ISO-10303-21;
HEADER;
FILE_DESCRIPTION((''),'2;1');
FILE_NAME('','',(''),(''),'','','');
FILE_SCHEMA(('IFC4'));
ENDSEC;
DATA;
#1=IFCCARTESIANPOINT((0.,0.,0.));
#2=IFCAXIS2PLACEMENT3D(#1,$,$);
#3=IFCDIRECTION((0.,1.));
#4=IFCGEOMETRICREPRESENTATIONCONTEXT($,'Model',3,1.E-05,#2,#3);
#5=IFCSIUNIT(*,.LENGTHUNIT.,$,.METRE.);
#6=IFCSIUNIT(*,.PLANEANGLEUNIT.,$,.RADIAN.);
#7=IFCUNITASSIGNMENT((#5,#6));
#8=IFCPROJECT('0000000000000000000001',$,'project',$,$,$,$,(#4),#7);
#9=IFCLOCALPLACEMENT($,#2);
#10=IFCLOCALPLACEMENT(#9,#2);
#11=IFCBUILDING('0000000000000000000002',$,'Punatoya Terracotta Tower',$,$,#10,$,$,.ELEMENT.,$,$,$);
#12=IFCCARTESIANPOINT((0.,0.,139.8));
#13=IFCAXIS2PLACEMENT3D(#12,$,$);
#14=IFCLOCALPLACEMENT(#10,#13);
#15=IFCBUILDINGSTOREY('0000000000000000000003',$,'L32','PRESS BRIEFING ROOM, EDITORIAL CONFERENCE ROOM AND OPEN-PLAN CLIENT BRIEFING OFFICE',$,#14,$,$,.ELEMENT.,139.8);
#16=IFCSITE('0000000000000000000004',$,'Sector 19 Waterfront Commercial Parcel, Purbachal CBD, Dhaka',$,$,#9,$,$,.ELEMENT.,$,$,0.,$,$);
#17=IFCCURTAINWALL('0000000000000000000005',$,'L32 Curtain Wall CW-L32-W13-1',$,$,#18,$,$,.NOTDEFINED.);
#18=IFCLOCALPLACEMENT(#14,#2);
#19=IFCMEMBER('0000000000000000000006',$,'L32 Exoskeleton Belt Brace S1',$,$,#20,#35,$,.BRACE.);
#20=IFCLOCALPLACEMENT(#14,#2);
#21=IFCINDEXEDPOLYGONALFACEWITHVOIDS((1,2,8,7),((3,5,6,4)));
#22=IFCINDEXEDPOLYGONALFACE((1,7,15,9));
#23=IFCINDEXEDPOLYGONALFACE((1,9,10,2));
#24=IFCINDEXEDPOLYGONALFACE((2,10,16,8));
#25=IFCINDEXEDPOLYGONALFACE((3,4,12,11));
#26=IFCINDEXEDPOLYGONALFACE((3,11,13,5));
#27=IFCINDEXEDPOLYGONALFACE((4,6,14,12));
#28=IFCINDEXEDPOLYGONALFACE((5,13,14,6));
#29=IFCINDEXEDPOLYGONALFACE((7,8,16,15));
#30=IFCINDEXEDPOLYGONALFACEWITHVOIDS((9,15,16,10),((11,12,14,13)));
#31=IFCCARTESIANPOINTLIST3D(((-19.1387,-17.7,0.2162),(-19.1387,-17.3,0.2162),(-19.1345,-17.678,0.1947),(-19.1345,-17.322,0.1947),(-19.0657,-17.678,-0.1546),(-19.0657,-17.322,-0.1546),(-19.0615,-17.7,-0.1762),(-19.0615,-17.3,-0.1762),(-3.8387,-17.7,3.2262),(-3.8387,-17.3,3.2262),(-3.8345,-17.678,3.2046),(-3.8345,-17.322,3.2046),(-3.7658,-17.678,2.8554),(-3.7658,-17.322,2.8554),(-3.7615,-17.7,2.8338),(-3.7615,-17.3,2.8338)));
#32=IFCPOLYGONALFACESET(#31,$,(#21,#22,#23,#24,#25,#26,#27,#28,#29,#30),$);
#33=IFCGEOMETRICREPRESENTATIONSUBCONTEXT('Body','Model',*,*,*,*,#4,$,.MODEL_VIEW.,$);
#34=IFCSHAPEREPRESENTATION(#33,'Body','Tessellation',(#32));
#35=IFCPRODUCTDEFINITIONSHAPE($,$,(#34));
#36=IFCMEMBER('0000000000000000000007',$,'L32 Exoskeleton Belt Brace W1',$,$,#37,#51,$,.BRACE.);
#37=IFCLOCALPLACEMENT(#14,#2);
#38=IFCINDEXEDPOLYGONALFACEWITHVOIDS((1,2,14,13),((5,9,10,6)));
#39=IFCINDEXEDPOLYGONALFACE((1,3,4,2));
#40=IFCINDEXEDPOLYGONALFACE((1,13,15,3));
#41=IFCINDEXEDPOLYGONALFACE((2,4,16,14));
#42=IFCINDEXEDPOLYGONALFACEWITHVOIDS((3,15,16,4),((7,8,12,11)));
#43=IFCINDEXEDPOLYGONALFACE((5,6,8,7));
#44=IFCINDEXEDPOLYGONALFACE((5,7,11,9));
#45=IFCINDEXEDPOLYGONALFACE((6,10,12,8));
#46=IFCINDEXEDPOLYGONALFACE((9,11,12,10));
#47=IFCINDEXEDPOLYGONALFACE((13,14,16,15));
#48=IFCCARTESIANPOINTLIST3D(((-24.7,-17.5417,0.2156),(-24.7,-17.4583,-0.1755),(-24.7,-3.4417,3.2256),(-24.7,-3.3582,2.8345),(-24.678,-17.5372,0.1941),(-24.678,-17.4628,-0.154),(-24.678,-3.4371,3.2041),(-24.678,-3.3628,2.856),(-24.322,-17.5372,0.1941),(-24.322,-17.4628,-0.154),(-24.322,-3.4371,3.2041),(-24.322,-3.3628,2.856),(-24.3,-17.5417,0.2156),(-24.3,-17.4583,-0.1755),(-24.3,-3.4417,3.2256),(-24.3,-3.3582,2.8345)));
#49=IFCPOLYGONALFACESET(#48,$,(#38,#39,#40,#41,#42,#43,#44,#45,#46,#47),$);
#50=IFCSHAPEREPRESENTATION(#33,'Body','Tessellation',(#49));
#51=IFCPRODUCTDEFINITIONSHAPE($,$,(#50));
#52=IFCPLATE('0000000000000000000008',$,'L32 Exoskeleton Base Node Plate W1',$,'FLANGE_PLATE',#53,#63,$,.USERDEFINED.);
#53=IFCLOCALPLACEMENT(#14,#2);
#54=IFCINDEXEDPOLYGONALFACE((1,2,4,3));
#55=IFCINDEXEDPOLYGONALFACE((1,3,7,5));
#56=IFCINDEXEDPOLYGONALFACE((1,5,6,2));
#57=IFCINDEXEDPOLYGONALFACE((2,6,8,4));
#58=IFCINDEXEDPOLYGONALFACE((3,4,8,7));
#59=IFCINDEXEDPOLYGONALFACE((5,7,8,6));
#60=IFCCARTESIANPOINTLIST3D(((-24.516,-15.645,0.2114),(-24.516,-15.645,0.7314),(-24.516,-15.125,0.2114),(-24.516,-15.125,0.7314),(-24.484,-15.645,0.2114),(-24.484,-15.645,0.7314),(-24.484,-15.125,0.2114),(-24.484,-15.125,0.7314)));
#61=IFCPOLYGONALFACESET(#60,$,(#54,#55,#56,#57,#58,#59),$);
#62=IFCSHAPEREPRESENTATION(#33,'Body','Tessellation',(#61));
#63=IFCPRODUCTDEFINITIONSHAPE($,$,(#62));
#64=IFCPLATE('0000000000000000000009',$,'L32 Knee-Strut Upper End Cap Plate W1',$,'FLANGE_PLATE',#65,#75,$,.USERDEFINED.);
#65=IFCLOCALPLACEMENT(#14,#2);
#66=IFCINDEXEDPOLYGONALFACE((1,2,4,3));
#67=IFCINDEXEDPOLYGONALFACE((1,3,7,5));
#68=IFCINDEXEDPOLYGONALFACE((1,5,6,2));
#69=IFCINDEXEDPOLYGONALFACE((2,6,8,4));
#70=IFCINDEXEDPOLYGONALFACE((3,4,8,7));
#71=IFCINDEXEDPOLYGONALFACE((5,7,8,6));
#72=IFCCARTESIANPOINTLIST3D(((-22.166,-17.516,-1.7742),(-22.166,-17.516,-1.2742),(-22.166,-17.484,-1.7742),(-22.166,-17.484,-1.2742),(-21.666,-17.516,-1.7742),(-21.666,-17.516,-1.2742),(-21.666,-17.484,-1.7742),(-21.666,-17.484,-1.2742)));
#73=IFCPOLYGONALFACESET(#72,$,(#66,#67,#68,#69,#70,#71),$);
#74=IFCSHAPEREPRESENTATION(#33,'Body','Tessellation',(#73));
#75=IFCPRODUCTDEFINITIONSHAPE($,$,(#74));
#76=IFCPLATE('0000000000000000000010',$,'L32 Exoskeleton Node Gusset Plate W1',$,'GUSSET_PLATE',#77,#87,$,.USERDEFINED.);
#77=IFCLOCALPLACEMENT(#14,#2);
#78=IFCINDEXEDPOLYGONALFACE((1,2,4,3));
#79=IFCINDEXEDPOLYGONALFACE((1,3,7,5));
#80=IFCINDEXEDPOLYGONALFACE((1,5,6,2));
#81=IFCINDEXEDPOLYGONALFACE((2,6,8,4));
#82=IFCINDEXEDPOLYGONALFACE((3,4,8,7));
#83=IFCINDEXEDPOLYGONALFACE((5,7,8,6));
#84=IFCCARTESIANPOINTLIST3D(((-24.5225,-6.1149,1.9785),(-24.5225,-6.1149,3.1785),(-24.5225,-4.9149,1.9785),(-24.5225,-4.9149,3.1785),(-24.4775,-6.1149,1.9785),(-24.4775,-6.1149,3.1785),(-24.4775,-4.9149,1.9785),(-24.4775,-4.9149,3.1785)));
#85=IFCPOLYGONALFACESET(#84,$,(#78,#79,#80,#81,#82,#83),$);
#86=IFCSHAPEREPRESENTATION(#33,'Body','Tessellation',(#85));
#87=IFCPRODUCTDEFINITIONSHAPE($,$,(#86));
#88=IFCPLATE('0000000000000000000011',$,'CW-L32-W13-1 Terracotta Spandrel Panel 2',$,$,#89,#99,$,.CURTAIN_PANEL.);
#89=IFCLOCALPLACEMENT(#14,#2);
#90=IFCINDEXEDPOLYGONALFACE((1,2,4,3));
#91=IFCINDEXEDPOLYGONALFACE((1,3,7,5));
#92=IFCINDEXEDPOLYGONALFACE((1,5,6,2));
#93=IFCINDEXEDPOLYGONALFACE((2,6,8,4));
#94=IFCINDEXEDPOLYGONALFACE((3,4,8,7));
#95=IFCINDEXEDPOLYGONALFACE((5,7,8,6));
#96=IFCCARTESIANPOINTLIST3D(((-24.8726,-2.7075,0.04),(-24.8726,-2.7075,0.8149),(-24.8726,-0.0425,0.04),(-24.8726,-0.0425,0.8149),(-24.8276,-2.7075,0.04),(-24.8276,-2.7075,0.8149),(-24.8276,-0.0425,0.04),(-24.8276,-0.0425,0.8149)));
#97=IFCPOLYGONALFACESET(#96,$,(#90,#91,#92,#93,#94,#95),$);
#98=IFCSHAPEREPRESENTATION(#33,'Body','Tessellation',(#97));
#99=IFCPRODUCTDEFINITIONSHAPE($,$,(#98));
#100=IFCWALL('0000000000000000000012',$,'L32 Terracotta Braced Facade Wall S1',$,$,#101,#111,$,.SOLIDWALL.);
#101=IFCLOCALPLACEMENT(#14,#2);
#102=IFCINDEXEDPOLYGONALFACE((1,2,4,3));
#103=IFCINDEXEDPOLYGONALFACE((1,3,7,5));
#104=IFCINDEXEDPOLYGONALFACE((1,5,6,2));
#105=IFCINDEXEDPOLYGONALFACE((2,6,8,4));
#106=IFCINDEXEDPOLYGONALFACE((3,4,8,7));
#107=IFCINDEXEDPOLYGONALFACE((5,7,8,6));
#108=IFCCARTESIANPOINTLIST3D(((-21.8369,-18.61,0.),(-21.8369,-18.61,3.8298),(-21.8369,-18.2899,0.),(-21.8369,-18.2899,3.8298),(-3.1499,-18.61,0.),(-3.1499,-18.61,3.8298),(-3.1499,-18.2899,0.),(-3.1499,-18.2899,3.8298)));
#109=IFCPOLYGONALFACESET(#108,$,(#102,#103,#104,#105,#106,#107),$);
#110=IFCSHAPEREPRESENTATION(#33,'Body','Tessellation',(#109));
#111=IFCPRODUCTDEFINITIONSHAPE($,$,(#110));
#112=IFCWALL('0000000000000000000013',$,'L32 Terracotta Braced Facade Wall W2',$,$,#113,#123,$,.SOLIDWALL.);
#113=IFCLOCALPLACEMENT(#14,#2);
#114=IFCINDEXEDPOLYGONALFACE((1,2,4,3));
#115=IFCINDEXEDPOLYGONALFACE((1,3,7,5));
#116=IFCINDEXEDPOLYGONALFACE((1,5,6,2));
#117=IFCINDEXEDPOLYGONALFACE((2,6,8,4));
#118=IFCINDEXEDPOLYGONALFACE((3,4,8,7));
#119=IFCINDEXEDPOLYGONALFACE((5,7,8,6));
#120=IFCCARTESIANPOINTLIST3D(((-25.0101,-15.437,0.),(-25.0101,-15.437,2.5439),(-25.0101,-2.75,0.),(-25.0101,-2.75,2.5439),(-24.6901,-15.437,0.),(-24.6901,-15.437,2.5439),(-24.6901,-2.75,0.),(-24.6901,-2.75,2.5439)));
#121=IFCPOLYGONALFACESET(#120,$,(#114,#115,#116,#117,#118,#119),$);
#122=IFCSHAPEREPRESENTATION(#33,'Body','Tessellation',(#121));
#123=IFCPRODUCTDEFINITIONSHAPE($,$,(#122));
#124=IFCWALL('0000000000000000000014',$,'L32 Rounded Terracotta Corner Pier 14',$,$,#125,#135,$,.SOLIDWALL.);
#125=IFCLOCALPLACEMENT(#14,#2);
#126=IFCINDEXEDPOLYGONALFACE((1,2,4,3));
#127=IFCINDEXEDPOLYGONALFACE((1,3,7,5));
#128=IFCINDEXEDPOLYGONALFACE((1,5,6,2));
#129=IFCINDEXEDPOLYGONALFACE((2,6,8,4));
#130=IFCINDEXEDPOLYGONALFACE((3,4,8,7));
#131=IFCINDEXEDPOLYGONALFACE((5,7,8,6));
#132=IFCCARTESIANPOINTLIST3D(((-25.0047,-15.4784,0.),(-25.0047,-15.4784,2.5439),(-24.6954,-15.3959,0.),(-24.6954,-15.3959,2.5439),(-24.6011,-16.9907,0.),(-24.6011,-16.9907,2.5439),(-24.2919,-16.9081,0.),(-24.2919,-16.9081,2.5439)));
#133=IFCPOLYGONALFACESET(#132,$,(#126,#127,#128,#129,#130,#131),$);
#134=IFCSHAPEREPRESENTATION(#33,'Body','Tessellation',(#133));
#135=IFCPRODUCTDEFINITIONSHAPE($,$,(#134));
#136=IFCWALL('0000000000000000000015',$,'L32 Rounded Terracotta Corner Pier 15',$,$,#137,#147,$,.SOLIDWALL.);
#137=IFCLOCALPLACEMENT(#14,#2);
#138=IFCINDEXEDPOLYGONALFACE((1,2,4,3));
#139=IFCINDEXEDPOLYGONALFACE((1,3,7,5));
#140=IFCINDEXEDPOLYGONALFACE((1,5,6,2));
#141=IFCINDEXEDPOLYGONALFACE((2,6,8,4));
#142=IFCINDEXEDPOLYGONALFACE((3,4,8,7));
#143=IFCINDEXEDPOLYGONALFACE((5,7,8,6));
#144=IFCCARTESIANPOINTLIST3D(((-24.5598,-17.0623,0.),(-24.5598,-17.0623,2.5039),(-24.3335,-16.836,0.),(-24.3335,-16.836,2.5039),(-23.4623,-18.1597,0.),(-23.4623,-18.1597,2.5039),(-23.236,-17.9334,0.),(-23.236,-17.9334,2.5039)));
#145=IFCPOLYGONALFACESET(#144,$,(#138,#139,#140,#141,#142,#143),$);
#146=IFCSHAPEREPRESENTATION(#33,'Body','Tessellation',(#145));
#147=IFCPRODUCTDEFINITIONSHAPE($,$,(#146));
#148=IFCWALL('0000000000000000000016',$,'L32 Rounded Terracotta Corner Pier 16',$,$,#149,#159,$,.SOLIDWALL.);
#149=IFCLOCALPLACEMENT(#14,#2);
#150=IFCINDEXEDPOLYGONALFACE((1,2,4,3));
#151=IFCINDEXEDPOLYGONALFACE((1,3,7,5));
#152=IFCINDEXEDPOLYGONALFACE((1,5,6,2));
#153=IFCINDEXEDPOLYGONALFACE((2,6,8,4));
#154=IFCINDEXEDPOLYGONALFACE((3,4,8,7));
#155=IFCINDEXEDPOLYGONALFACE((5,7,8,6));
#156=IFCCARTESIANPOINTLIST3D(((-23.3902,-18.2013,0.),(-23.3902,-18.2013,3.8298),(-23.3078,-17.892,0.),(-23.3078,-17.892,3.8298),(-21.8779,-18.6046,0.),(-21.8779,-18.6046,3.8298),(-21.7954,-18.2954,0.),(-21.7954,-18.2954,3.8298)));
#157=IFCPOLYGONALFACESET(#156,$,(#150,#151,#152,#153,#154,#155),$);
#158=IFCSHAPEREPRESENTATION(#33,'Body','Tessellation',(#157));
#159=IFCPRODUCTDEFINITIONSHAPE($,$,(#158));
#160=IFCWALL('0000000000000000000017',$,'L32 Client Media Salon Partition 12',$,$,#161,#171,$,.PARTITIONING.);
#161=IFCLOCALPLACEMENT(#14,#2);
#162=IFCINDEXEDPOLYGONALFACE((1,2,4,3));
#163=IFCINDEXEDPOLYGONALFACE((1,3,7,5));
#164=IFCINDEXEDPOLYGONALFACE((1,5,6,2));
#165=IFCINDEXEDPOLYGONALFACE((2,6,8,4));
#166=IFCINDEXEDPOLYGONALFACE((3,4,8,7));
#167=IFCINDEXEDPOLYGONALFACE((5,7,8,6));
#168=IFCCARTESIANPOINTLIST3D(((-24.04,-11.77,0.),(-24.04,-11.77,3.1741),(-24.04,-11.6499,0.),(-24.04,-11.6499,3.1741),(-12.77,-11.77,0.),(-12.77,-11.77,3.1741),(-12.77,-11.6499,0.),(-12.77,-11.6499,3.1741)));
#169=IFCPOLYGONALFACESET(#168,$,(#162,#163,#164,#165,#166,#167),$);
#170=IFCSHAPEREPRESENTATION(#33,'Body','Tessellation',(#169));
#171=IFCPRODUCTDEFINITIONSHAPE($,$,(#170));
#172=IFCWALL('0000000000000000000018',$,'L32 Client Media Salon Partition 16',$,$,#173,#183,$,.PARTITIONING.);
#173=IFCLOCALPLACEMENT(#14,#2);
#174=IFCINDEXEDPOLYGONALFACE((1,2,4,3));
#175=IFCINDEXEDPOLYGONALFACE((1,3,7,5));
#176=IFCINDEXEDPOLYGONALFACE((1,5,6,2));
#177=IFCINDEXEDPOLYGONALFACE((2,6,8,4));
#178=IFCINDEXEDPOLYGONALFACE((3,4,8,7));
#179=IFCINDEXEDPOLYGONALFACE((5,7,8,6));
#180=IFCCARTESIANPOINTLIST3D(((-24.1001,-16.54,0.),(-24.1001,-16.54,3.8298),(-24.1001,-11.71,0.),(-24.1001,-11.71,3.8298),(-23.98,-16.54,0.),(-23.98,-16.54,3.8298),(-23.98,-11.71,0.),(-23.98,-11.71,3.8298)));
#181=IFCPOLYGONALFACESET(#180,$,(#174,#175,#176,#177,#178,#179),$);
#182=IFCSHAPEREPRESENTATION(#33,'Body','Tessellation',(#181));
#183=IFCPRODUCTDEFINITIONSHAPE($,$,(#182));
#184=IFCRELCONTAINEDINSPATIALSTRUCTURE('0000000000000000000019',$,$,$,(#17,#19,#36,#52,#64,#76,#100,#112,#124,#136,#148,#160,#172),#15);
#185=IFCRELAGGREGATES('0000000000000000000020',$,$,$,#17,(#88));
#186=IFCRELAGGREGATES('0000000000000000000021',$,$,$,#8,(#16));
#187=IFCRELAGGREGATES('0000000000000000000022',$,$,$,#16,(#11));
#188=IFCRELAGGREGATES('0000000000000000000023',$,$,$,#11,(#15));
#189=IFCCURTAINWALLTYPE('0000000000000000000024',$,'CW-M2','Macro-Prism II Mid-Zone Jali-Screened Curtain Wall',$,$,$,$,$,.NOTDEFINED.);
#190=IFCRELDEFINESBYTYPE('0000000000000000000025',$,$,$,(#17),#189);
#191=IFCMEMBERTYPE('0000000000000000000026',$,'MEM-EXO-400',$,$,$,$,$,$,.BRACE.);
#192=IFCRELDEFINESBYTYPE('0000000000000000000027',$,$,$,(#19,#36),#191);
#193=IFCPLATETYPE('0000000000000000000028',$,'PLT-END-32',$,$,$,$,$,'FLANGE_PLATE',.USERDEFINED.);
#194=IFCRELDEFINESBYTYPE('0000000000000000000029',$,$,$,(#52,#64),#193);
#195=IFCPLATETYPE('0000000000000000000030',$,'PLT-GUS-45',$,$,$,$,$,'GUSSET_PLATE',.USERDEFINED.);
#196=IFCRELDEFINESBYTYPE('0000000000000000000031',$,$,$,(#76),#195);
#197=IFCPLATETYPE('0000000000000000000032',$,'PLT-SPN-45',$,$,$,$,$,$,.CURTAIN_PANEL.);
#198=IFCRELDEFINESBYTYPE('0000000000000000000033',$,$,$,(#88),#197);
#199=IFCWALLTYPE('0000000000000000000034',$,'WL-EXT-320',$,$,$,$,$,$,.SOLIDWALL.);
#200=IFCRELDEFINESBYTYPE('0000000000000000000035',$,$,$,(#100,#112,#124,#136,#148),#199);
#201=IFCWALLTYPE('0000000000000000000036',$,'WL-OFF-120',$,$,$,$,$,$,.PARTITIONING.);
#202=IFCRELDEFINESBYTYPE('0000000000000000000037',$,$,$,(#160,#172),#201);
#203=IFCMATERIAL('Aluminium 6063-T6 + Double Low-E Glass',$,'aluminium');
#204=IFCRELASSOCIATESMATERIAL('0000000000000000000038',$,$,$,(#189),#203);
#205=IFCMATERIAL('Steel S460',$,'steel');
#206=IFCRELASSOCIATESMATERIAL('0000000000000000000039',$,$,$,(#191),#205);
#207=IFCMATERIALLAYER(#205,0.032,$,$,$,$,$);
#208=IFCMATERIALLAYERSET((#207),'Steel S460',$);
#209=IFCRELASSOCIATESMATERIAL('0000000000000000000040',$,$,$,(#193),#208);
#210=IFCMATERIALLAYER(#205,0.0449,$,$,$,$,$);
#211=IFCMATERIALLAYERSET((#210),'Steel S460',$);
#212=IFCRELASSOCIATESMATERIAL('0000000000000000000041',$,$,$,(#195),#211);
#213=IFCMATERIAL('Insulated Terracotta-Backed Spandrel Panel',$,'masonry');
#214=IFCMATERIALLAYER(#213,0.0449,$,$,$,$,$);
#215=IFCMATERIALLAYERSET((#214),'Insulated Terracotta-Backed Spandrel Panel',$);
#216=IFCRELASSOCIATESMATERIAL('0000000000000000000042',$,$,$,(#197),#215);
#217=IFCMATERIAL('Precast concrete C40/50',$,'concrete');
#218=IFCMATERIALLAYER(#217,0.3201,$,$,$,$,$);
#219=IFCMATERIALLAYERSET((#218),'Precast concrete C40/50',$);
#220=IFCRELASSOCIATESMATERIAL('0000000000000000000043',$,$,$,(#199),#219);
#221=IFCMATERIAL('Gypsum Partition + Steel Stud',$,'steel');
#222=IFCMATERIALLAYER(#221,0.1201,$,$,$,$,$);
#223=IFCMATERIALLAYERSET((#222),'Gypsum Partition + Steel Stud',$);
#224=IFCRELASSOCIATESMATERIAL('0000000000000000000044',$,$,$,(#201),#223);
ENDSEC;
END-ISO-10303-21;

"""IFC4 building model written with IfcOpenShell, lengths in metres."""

from ifc_helpers import new_model, si_unit, direction, frame, frame_2d, origin, origin_2d, place, context, subcontext, project, spatial, rectangle, hollow_rectangle, extrude, material, layer, layer_set, material_profile, profile_set, type_object, element, aggregate, save


model = new_model("IFC4")

# Units and contexts
model_context = context("Model", 3, precision=1e-05, world=origin(), true_north=direction((0.0, 1.0)))
body_context = subcontext(model_context, "Body", "Model", "MODEL_VIEW")
ifc_project = project(units=[si_unit("LENGTHUNIT", "METRE"), si_unit("PLANEANGLEUNIT", "RADIAN")], contexts=[model_context])

# Site, building, storey
site_placement = place(None, origin())
site = spatial("IfcSite", under=ifc_project, at=site_placement, Name="Sector 19 Waterfront Commercial Parcel, Purbachal CBD, Dhaka", CompositionType="ELEMENT", RefElevation=0.0)
building_placement = place(site_placement, origin())
building = spatial("IfcBuilding", under=site, at=building_placement, Name="Punatoya Terracotta Tower", CompositionType="ELEMENT")
storey_placement = place(building_placement, frame((0.0, 0.0, 139.8)))
storey = spatial("IfcBuildingStorey", under=building, at=storey_placement, Name="L32", Description="PRESS BRIEFING ROOM, EDITORIAL CONFERENCE ROOM AND OPEN-PLAN CLIENT BRIEFING OFFICE", CompositionType="ELEMENT", Elevation=139.8)

# Shared definitions
ifc_material_1 = material(Name="Steel S460", Category="steel")

# Curtain wall
ifc_material_2 = material(Name="Aluminium 6063-T6 + Double Low-E Glass", Category="aluminium")
curtain_wall_type = type_object("IfcCurtainWallType", Name="CW-M2", Description="Macro-Prism II Mid-Zone Jali-Screened Curtain Wall", PredefinedType="NOTDEFINED", material=ifc_material_2)
curtain_wall_placement = place(storey_placement, origin())
curtain_wall = element("IfcCurtainWall", 1, at=curtain_wall_placement, inside=storey, type_object=curtain_wall_type, Name="L32 Curtain Wall CW-L32-W13-1", PredefinedType="NOTDEFINED")

# Members
ifc_material_profile_1 = material_profile(ifc_material_1, hollow_rectangle(XDim=0.3999, YDim=0.3999, WallThickness=0.022, at=origin_2d()))
ifc_profile_set_1 = profile_set([ifc_material_profile_1], Name="Steel S460")
member_type_1 = type_object("IfcMemberType", Name="MEM-EXO-400", PredefinedType="BRACE", material=ifc_profile_set_1)
member_1_placement = place(storey_placement, frame((-19.1001, -17.5, 0.02), z_axis=(0.981192, 0.0, 0.193032), x_axis=(0.0, 1.0, 0.0)))
element("IfcMember", 2, at=member_1_placement, inside=storey, type_object=member_type_1, Name="L32 Exoskeleton Belt Brace S1", PredefinedType="BRACE", context=body_context, shape_type="SweptSolid", body=[
    extrude(hollow_rectangle(XDim=0.3999, YDim=0.3999, WallThickness=0.022, at=origin_2d()), origin(), (0.0, 0.0, 1.0), 15.5933),
])
member_2_placement = place(storey_placement, frame((-24.5, -17.5, 0.02), z_axis=(0.0, 0.977965, 0.20877), x_axis=(-1.0, 0.0, 0.0)))
element("IfcMember", 3, at=member_2_placement, inside=storey, type_object=member_type_1, Name="L32 Exoskeleton Belt Brace W1", PredefinedType="BRACE", context=body_context, shape_type="SweptSolid", body=[
    extrude(hollow_rectangle(XDim=0.3999, YDim=0.3999, WallThickness=0.022, at=origin_2d()), origin(), (0.0, 0.0, 1.0), 14.4177),
])

# Plates
ifc_layer_1 = layer(ifc_material_1, 0.032)
ifc_layer_set_1 = layer_set([ifc_layer_1], Name="Steel S460")
plate_type_1 = type_object("IfcPlateType", Name="PLT-END-32", ElementType="FLANGE_PLATE", PredefinedType="USERDEFINED", material=ifc_layer_set_1)
plate_1_placement = place(storey_placement, frame((-24.5, -15.385, 0.2114), z_axis=(0.0, 0.0, 1.0), x_axis=(0.0, 1.0, 0.0)))
element("IfcPlate", 4, at=plate_1_placement, inside=storey, type_object=plate_type_1, Name="L32 Exoskeleton Base Node Plate W1", ObjectType="FLANGE_PLATE", PredefinedType="USERDEFINED", context=body_context, shape_type="SweptSolid", body=[
    extrude(rectangle(XDim=0.52, YDim=0.032, at=origin_2d()), origin(), (0.0, 0.0, 1.0), 0.52),
])
plate_2_placement = place(storey_placement, frame((-21.916, -17.5, -1.7742), z_axis=(0.0, 0.0, 1.0), x_axis=(1.0, 0.0, 0.0)))
element("IfcPlate", 5, at=plate_2_placement, inside=storey, type_object=plate_type_1, Name="L32 Knee-Strut Upper End Cap Plate W1", ObjectType="FLANGE_PLATE", PredefinedType="USERDEFINED", context=body_context, shape_type="SweptSolid", body=[
    extrude(rectangle(XDim=0.5, YDim=0.032, at=origin_2d()), origin(), (0.0, 0.0, 1.0), 0.5),
])
ifc_layer_2 = layer(ifc_material_1, 0.0449)
ifc_layer_set_2 = layer_set([ifc_layer_2], Name="Steel S460")
plate_type_2 = type_object("IfcPlateType", Name="PLT-GUS-45", ElementType="GUSSET_PLATE", PredefinedType="USERDEFINED", material=ifc_layer_set_2)
plate_3_placement = place(storey_placement, frame((-24.5, -5.5149, 1.9785), z_axis=(0.0, 0.0, 1.0), x_axis=(0.0, 1.0, 0.0)))
element("IfcPlate", 6, at=plate_3_placement, inside=storey, type_object=plate_type_2, Name="L32 Exoskeleton Node Gusset Plate W1", ObjectType="GUSSET_PLATE", PredefinedType="USERDEFINED", context=body_context, shape_type="SweptSolid", body=[
    extrude(rectangle(XDim=1.2, YDim=0.0449, at=origin_2d()), origin(), (0.0, 0.0, 1.0), 1.2),
])

# Plate
ifc_material_3 = material(Name="Insulated Terracotta-Backed Spandrel Panel", Category="masonry")
ifc_layer_3 = layer(ifc_material_3, 0.0449)
ifc_layer_set_3 = layer_set([ifc_layer_3], Name="Insulated Terracotta-Backed Spandrel Panel")
plate_type_3 = type_object("IfcPlateType", Name="PLT-SPN-45", PredefinedType="CURTAIN_PANEL", material=ifc_layer_set_3)
plate_4_placement = place(storey_placement, frame((-24.8501, -1.375, 0.04), z_axis=(0.0, 0.0, 1.0), x_axis=(0.0, -1.0, 0.0)))
plate_4 = element("IfcPlate", 7, at=plate_4_placement, type_object=plate_type_3, Name="CW-L32-W13-1 Terracotta Spandrel Panel 2", PredefinedType="CURTAIN_PANEL", context=body_context, shape_type="SweptSolid", body=[
    extrude(rectangle(XDim=2.665, YDim=0.0449, at=origin_2d()), origin(), (0.0, 0.0, 1.0), 0.7749),
])
aggregate(curtain_wall, [plate_4])

# Walls
ifc_material_4 = material(Name="Precast concrete C40/50", Category="concrete")
ifc_layer_4 = layer(ifc_material_4, 0.3201)
ifc_layer_set_4 = layer_set([ifc_layer_4], Name="Precast concrete C40/50")
wall_type_1 = type_object("IfcWallType", Name="WL-EXT-320", PredefinedType="SOLIDWALL", material=ifc_layer_set_4)
wall_1_placement = place(storey_placement, frame((-21.8369, -18.45, 0.0), z_axis=(0.0, 0.0, 1.0), x_axis=(1.0, 0.0, 0.0)))
element("IfcWall", 8, at=wall_1_placement, inside=storey, type_object=wall_type_1, Name="L32 Terracotta Braced Facade Wall S1", PredefinedType="SOLIDWALL", context=body_context, shape_type="SweptSolid", body=[
    extrude(rectangle(XDim=18.687, YDim=0.3201, at=frame_2d((9.3435, 0.0))), origin(), (0.0, 0.0, 1.0), 3.8298),
])
wall_2_placement = place(storey_placement, frame((-24.8501, -2.75, 0.0), z_axis=(0.0, 0.0, 1.0), x_axis=(0.0, -1.0, 0.0)))
element("IfcWall", 9, at=wall_2_placement, inside=storey, type_object=wall_type_1, Name="L32 Terracotta Braced Facade Wall W2", PredefinedType="SOLIDWALL", context=body_context, shape_type="SweptSolid", body=[
    extrude(rectangle(XDim=12.687, YDim=0.3201, at=frame_2d((6.3435, 0.0))), origin(), (0.0, 0.0, 1.0), 2.5439),
])
wall_3_placement = place(storey_placement, frame((-24.8501, -15.437, 0.0), z_axis=(0.0, 0.0, 1.0), x_axis=(0.257847, -0.966186, 0.0)))
element("IfcWall", 10, at=wall_3_placement, inside=storey, type_object=wall_type_1, Name="L32 Rounded Terracotta Corner Pier 14", PredefinedType="SOLIDWALL", context=body_context, shape_type="SweptSolid", body=[
    extrude(rectangle(XDim=1.5652, YDim=0.3201, at=frame_2d((0.7827, 0.0))), origin(), (0.0, 0.0, 1.0), 2.5439),
])
wall_4_placement = place(storey_placement, frame((-24.4465, -16.9492, 0.0), z_axis=(0.0, 0.0, 1.0), x_axis=(0.707107, -0.707107, 0.0)))
element("IfcWall", 11, at=wall_4_placement, inside=storey, type_object=wall_type_1, Name="L32 Rounded Terracotta Corner Pier 15", PredefinedType="SOLIDWALL", context=body_context, shape_type="SweptSolid", body=[
    extrude(rectangle(XDim=1.552, YDim=0.3201, at=frame_2d((0.7759, 0.0))), origin(), (0.0, 0.0, 1.0), 2.5039),
])
wall_5_placement = place(storey_placement, frame((-23.3491, -18.0466, 0.0), z_axis=(0.0, 0.0, 1.0), x_axis=(0.966225, -0.257701, 0.0)))
element("IfcWall", 12, at=wall_5_placement, inside=storey, type_object=wall_type_1, Name="L32 Rounded Terracotta Corner Pier 16", PredefinedType="SOLIDWALL", context=body_context, shape_type="SweptSolid", body=[
    extrude(rectangle(XDim=1.5652, YDim=0.3201, at=frame_2d((0.7827, 0.0))), origin(), (0.0, 0.0, 1.0), 3.8298),
])
ifc_material_5 = material(Name="Gypsum Partition + Steel Stud", Category="steel")
ifc_layer_5 = layer(ifc_material_5, 0.1201)
ifc_layer_set_5 = layer_set([ifc_layer_5], Name="Gypsum Partition + Steel Stud")
wall_type_2 = type_object("IfcWallType", Name="WL-OFF-120", PredefinedType="PARTITIONING", material=ifc_layer_set_5)
wall_6_placement = place(storey_placement, frame((-24.04, -11.71, 0.0), z_axis=(0.0, 0.0, 1.0), x_axis=(1.0, 0.0, 0.0)))
element("IfcWall", 13, at=wall_6_placement, inside=storey, type_object=wall_type_2, Name="L32 Client Media Salon Partition 12", PredefinedType="PARTITIONING", context=body_context, shape_type="SweptSolid", body=[
    extrude(rectangle(XDim=11.27, YDim=0.1201, at=frame_2d((5.635, 0.0))), origin(), (0.0, 0.0, 1.0), 3.1741),
])
wall_7_placement = place(storey_placement, frame((-24.04, -16.54, 0.0), z_axis=(0.0, 0.0, 1.0), x_axis=(0.0, 1.0, 0.0)))
element("IfcWall", 14, at=wall_7_placement, inside=storey, type_object=wall_type_2, Name="L32 Client Media Salon Partition 16", PredefinedType="PARTITIONING", context=body_context, shape_type="SweptSolid", body=[
    extrude(rectangle(XDim=4.8301, YDim=0.1201, at=frame_2d((2.415, 0.0))), origin(), (0.0, 0.0, 1.0), 3.8298),
])

save(model, "model.ifc")
